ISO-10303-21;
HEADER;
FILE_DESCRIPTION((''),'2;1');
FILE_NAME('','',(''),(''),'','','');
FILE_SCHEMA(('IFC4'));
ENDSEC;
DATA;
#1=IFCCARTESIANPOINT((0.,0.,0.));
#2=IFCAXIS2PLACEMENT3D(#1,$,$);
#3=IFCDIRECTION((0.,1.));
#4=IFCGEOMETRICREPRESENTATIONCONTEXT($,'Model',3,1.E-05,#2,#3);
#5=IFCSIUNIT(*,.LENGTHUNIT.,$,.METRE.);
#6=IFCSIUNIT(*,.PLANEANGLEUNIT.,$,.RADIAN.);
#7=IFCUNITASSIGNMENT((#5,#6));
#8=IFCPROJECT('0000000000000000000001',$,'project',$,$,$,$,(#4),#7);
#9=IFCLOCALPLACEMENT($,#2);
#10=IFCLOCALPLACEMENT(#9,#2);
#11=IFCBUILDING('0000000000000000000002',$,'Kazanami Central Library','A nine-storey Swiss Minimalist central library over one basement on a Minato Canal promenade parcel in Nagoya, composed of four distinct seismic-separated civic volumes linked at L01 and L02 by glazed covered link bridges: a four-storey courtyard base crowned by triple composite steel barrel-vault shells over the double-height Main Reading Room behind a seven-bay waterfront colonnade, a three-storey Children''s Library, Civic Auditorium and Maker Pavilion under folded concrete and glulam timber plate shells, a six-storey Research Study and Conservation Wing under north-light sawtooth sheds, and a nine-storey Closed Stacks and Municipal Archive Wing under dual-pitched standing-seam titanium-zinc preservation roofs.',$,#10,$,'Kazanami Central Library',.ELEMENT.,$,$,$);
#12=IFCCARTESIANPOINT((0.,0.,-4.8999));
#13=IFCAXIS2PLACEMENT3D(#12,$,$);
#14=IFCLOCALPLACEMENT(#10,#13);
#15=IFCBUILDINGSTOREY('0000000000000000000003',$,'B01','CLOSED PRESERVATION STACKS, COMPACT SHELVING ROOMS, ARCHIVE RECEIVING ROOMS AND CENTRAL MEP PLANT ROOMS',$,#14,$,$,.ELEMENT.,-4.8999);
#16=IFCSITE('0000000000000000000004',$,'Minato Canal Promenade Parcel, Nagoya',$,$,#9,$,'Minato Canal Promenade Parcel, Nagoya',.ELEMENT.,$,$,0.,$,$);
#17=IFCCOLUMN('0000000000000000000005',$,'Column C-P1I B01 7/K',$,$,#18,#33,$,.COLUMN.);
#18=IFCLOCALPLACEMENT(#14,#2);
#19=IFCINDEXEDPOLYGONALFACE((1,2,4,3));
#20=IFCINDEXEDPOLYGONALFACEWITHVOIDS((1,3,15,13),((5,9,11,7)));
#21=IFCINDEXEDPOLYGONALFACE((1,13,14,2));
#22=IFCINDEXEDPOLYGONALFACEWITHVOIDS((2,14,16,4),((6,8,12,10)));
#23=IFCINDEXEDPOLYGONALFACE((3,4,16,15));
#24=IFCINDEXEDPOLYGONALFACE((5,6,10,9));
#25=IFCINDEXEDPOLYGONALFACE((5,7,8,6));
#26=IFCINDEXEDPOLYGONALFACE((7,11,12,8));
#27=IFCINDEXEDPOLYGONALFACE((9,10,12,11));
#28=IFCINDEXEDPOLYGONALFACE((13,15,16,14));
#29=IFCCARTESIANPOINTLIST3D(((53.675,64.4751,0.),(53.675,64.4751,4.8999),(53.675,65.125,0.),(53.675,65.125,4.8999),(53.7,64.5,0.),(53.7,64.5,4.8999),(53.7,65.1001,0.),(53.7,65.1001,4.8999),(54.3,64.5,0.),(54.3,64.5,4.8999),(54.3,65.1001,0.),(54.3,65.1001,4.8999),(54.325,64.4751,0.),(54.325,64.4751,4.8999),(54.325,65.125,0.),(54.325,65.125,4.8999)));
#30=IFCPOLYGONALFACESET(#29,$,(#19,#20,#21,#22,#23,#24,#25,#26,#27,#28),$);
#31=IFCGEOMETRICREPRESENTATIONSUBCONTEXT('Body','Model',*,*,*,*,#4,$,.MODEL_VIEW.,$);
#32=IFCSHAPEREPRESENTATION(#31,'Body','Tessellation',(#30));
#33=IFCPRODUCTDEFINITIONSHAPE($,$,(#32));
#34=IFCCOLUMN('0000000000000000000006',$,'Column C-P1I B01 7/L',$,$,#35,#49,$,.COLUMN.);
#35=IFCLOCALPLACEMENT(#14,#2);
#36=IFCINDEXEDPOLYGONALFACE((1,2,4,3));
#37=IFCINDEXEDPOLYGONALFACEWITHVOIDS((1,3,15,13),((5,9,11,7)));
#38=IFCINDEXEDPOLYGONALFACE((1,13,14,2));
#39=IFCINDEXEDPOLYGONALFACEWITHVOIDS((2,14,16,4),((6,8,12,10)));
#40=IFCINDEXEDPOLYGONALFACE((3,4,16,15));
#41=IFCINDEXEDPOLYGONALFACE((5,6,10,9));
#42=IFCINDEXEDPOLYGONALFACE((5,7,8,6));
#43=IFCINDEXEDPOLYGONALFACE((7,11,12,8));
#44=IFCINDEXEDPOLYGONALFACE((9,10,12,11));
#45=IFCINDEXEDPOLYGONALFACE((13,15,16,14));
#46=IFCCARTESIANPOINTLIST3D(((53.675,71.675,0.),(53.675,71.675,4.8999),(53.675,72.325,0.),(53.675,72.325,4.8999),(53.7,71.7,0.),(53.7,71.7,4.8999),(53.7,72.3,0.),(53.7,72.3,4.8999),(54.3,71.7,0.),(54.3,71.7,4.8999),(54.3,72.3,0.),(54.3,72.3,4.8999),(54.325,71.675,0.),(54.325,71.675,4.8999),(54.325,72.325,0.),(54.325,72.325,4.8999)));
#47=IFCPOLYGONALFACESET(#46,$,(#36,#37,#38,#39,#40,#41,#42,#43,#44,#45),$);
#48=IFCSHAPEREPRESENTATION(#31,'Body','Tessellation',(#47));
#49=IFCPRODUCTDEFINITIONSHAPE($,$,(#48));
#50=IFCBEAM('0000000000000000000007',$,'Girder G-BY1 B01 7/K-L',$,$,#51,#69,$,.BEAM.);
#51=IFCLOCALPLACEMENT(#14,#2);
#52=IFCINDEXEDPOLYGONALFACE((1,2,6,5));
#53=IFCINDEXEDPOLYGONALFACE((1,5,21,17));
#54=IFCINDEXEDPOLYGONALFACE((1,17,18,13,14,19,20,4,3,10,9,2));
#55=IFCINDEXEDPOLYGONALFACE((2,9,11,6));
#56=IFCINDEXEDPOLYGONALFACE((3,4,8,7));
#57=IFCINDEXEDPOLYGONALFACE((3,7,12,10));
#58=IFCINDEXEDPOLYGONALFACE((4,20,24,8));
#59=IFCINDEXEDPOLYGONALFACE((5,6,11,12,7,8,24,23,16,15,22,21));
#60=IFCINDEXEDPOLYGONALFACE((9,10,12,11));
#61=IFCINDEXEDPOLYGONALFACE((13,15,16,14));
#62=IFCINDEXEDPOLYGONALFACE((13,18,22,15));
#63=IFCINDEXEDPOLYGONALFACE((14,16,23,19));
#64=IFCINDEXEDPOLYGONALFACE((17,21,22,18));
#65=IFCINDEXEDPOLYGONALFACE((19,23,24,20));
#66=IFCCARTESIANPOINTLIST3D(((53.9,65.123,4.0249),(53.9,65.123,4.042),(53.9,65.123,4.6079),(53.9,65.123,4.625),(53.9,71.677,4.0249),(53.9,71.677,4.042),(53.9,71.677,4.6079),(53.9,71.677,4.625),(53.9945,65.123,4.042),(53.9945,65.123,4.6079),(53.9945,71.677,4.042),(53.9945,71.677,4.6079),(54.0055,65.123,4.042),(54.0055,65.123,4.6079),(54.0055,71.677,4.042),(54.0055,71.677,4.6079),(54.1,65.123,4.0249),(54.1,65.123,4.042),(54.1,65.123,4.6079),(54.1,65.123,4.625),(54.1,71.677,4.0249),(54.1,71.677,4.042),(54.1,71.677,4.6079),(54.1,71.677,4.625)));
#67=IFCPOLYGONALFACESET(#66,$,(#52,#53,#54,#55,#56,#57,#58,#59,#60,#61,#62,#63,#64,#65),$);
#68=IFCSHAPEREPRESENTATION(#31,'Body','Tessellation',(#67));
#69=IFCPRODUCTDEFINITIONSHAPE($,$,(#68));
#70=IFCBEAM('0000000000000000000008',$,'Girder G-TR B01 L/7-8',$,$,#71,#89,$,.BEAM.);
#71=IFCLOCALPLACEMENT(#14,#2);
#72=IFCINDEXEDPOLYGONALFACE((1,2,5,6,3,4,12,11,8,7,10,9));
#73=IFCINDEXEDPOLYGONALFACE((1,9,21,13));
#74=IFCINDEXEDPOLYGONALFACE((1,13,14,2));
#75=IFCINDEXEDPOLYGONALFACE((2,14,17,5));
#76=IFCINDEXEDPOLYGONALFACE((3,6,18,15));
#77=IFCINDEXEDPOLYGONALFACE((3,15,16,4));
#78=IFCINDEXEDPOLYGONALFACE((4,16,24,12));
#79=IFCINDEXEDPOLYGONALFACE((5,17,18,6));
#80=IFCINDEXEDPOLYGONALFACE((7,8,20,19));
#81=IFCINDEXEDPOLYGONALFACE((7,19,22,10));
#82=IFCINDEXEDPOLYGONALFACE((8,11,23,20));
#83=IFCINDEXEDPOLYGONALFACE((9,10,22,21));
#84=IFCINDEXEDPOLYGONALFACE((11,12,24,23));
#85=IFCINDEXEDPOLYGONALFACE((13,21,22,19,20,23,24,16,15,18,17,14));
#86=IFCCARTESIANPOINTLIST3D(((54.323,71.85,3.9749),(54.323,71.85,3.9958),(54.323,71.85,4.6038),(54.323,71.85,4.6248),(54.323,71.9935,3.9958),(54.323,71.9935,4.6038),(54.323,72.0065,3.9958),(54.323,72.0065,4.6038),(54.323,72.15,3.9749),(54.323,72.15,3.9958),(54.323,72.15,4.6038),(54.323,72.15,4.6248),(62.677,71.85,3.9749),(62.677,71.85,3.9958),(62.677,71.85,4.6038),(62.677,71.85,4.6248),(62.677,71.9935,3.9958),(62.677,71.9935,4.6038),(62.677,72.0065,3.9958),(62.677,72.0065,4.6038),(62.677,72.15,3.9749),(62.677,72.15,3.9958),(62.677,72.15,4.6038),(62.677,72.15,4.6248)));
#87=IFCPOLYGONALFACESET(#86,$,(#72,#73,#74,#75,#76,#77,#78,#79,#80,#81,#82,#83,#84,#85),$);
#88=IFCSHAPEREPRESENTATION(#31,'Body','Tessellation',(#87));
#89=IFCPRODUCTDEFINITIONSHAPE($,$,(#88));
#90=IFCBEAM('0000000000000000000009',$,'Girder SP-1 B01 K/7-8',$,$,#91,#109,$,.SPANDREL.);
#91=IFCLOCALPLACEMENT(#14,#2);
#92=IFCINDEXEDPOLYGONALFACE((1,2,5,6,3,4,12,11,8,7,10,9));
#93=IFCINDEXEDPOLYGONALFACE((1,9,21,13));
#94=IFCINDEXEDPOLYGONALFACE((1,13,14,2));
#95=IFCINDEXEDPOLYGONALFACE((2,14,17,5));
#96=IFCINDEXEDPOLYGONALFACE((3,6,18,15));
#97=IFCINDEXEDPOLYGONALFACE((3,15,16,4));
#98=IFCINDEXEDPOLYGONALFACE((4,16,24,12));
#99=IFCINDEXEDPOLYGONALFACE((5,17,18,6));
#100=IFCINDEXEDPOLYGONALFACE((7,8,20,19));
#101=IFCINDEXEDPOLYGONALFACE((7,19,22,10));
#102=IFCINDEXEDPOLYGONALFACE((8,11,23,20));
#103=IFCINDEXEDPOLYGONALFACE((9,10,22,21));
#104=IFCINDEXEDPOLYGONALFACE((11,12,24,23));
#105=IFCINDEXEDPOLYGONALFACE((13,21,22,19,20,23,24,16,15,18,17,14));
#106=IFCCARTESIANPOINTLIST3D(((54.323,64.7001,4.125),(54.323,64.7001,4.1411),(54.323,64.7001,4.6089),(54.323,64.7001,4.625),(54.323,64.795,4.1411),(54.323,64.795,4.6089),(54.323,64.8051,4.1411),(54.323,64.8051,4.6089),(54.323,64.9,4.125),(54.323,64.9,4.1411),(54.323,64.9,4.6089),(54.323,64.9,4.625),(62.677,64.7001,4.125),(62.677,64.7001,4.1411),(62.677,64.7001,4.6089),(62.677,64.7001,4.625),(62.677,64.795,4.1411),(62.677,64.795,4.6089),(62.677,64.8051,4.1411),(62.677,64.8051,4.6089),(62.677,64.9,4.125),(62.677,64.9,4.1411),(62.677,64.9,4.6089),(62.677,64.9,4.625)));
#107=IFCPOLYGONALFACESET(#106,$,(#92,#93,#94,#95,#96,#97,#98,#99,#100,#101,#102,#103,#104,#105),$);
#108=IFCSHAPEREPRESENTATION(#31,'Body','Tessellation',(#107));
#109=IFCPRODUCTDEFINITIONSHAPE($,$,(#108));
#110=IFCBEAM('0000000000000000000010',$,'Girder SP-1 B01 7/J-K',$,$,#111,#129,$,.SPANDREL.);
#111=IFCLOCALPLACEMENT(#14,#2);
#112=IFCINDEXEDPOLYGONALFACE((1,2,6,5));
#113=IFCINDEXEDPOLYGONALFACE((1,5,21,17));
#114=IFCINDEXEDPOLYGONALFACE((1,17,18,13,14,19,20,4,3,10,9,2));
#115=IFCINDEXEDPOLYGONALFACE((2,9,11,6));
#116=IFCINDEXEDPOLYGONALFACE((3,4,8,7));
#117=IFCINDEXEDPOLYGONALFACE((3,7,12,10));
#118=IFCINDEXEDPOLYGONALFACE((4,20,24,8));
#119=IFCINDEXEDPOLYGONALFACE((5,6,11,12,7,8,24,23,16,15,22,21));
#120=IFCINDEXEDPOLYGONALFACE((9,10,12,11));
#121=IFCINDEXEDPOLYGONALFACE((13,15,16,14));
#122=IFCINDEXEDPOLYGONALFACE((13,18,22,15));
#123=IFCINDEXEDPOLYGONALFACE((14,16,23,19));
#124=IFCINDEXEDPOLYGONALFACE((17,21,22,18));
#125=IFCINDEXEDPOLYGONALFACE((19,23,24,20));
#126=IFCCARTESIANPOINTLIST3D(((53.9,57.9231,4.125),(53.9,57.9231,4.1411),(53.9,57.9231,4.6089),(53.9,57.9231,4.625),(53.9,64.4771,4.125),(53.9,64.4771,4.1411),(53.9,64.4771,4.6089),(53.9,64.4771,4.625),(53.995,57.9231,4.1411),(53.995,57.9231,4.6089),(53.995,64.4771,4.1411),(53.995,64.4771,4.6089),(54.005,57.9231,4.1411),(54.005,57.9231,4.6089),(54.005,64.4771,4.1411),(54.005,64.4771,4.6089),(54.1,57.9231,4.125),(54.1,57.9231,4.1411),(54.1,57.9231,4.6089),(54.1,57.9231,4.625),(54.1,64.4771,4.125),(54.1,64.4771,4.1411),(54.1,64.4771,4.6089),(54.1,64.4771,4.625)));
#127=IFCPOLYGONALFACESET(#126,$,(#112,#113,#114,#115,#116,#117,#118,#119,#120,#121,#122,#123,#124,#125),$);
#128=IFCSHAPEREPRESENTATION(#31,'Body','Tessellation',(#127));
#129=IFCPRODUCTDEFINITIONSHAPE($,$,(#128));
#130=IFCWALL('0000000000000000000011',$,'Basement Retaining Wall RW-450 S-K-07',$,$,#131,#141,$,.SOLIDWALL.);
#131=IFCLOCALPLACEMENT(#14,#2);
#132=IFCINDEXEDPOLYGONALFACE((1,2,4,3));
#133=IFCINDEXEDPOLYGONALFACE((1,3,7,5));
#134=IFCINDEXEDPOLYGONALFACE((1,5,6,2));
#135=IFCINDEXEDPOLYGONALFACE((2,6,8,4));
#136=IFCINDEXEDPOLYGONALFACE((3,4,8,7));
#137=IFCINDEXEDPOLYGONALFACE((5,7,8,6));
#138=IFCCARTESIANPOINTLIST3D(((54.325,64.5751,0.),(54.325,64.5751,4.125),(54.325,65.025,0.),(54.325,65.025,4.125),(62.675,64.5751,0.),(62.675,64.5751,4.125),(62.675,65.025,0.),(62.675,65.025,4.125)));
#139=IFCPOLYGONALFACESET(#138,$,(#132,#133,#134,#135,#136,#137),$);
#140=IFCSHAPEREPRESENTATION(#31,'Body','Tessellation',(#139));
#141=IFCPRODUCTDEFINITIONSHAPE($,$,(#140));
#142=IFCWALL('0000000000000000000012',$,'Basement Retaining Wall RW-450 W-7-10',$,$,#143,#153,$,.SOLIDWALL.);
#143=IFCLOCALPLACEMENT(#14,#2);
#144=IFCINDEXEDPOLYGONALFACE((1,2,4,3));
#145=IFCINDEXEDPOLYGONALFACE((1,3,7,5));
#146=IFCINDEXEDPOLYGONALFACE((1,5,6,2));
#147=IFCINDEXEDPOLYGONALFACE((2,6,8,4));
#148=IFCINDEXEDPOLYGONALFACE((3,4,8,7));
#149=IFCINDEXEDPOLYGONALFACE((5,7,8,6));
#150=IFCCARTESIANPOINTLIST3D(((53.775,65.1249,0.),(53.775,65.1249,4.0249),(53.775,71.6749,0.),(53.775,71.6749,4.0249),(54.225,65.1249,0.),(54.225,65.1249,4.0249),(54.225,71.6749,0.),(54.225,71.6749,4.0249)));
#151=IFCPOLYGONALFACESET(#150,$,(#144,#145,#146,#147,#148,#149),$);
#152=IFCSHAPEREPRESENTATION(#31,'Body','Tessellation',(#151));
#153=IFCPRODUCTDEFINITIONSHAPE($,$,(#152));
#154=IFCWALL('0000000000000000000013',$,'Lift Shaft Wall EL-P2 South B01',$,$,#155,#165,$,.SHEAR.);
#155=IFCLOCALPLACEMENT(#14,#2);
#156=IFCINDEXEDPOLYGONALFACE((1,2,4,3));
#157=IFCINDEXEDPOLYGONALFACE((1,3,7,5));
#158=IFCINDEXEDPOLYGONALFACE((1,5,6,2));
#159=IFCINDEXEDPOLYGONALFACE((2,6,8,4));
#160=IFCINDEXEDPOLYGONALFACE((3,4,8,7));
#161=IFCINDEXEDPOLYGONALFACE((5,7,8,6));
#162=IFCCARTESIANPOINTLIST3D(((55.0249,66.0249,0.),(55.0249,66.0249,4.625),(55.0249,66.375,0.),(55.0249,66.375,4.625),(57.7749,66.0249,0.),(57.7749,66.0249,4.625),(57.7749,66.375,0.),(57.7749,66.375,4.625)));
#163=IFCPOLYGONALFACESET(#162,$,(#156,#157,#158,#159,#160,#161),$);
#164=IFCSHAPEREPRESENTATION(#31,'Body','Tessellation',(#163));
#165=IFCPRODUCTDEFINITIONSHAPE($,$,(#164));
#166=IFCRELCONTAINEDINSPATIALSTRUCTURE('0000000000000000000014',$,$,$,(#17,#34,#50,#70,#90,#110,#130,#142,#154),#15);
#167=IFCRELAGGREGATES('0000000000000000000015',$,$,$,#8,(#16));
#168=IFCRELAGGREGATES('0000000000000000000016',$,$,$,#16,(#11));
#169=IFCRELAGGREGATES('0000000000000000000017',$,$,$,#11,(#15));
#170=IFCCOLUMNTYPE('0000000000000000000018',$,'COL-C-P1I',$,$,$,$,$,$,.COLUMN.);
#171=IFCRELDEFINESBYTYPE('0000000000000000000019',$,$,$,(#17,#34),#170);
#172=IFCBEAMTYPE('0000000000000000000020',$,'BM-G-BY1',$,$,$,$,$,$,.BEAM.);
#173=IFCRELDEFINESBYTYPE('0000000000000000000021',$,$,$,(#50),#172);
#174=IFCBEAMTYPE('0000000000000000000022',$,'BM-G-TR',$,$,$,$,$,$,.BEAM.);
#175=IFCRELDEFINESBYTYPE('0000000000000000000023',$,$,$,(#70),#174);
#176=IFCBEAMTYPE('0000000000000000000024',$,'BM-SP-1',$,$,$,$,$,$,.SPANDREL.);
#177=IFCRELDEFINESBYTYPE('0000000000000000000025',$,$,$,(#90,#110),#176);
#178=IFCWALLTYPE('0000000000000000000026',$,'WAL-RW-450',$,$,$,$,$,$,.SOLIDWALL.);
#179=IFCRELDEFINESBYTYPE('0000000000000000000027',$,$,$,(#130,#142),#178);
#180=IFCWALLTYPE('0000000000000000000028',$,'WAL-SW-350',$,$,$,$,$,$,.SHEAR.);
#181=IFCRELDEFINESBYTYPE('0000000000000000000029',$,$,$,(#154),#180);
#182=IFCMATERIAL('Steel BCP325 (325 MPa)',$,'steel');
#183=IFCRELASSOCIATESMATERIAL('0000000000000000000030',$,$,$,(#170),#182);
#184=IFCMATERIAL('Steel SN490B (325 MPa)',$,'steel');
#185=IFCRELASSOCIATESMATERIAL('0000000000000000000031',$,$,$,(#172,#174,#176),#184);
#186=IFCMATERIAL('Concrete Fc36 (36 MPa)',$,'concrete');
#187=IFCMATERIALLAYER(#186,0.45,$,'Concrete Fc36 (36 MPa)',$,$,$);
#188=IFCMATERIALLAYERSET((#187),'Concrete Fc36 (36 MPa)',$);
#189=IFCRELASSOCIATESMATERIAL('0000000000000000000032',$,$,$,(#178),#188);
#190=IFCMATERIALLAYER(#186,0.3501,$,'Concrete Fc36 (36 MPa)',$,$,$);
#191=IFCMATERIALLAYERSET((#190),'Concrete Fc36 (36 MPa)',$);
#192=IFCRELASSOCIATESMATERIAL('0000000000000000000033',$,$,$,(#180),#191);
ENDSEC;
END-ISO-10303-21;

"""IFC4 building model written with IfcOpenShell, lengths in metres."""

from ifc_helpers import new_model, si_unit, direction, frame, frame_2d, origin, origin_2d, place, context, subcontext, project, spatial, rectangle, hollow_rectangle, i_section, extrude, material, layer, layer_set, material_profile, profile_set, type_object, element, save


model = new_model("IFC4")

# Units and contexts
model_context = context("Model", 3, precision=1e-05, world=origin(), true_north=direction((0.0, 1.0)))
body_context = subcontext(model_context, "Body", "Model", "MODEL_VIEW")
ifc_project = project(units=[si_unit("LENGTHUNIT", "METRE"), si_unit("PLANEANGLEUNIT", "RADIAN")], contexts=[model_context])

# Site, building, storey
site_placement = place(None, origin())
site = spatial("IfcSite", under=ifc_project, at=site_placement, Name="Minato Canal Promenade Parcel, Nagoya", LongName="Minato Canal Promenade Parcel, Nagoya", CompositionType="ELEMENT", RefElevation=0.0)
building_placement = place(site_placement, origin())
building = spatial("IfcBuilding", under=site, at=building_placement, Name="Kazanami Central Library", Description="A nine-storey Swiss Minimalist central library over one basement on a Minato Canal promenade parcel in Nagoya, composed of four distinct seismic-separated civic volumes linked at L01 and L02 by glazed covered link bridges: a four-storey courtyard base crowned by triple composite steel barrel-vault shells over the double-height Main Reading Room behind a seven-bay waterfront colonnade, a three-storey Children's Library, Civic Auditorium and Maker Pavilion under folded concrete and glulam timber plate shells, a six-storey Research Study and Conservation Wing under north-light sawtooth sheds, and a nine-storey Closed Stacks and Municipal Archive Wing under dual-pitched standing-seam titanium-zinc preservation roofs.", LongName="Kazanami Central Library", CompositionType="ELEMENT")
storey_placement = place(building_placement, frame((0.0, 0.0, -4.8999)))
storey = spatial("IfcBuildingStorey", under=building, at=storey_placement, Name="B01", Description="CLOSED PRESERVATION STACKS, COMPACT SHELVING ROOMS, ARCHIVE RECEIVING ROOMS AND CENTRAL MEP PLANT ROOMS", CompositionType="ELEMENT", Elevation=-4.8999)

# Shared definitions
ifc_material_1 = material(Name="Concrete Fc36 (36 MPa)", Category="concrete")

# Columns
ifc_material_2 = material(Name="Steel BCP325 (325 MPa)", Category="steel")
ifc_material_profile_1 = material_profile(ifc_material_2, hollow_rectangle(XDim=0.6499, YDim=0.6499, WallThickness=0.0249, at=origin_2d()), Name="BCP-650x650x25")
ifc_profile_set_1 = profile_set([ifc_material_profile_1], Name="Steel BCP325 (325 MPa)")
column_type = type_object("IfcColumnType", Name="COL-C-P1I", PredefinedType="COLUMN", material=ifc_profile_set_1)
for number, where, z_axis, x_axis, name in (
    (1, (54.0, 64.8, 0.0), (0.0, 0.0, 1.0), (1.0, 0.0, 0.0), "Column C-P1I B01 7/K"),
    (2, (54.0, 72.0, 0.0), (0.0, 0.0, 1.0), (1.0, 0.0, 0.0), "Column C-P1I B01 7/L"),
):
    element("IfcColumn", number, at=place(storey_placement, frame(where, z_axis=z_axis, x_axis=x_axis)), inside=storey, type_object=column_type, Name=name, PredefinedType="COLUMN", context=body_context, shape_type="SweptSolid", body=[
        extrude(hollow_rectangle(XDim=0.6499, YDim=0.6499, WallThickness=0.0249, at=origin_2d()), origin(), (0.0, 0.0, 1.0), 4.8999),
    ])

# Beams
ifc_material_3 = material(Name="Steel SN490B (325 MPa)", Category="steel")
ifc_material_profile_2 = material_profile(ifc_material_3, i_section(OverallWidth=0.2, OverallDepth=0.6001, WebThickness=0.011, FlangeThickness=0.0171, at=origin_2d()), Name="H-600x200x11x17")
ifc_profile_set_2 = profile_set([ifc_material_profile_2], Name="Steel SN490B (325 MPa)")
beam_type_1 = type_object("IfcBeamType", Name="BM-G-BY1", PredefinedType="BEAM", material=ifc_profile_set_2)
beam_1_placement = place(storey_placement, frame((54.0, 65.123, 4.325), z_axis=(0.0, 1.0, 0.0), x_axis=(-1.0, 0.0, 0.0)))
element("IfcBeam", 3, at=beam_1_placement, inside=storey, type_object=beam_type_1, Name="Girder G-BY1 B01 7/K-L", PredefinedType="BEAM", context=body_context, shape_type="SweptSolid", body=[
    extrude(i_section(OverallWidth=0.2, OverallDepth=0.6001, WebThickness=0.011, FlangeThickness=0.0171, at=origin_2d()), origin(), (0.0, 0.0, 1.0), 6.554),
])
ifc_material_profile_3 = material_profile(ifc_material_3, i_section(OverallWidth=0.3, OverallDepth=0.6499, WebThickness=0.0129, FlangeThickness=0.021, at=origin_2d()), Name="H-650x300x13x21")
ifc_profile_set_3 = profile_set([ifc_material_profile_3], Name="Steel SN490B (325 MPa)")
beam_type_2 = type_object("IfcBeamType", Name="BM-G-TR", PredefinedType="BEAM", material=ifc_profile_set_3)
beam_2_placement = place(storey_placement, frame((54.323, 72.0, 4.2998), z_axis=(1.0, 0.0, 0.0), x_axis=(0.0, 1.0, 0.0)))
element("IfcBeam", 4, at=beam_2_placement, inside=storey, type_object=beam_type_2, Name="Girder G-TR B01 L/7-8", PredefinedType="BEAM", context=body_context, shape_type="SweptSolid", body=[
    extrude(i_section(OverallWidth=0.3, OverallDepth=0.6499, WebThickness=0.0129, FlangeThickness=0.021, at=origin_2d()), origin(), (0.0, 0.0, 1.0), 8.354),
])
ifc_material_profile_4 = material_profile(ifc_material_3, i_section(OverallWidth=0.2, OverallDepth=0.5, WebThickness=0.01, FlangeThickness=0.0161, at=origin_2d()), Name="H-500x200x10x16")
ifc_profile_set_4 = profile_set([ifc_material_profile_4], Name="Steel SN490B (325 MPa)")
beam_type_3 = type_object("IfcBeamType", Name="BM-SP-1", PredefinedType="SPANDREL", material=ifc_profile_set_4)
beam_3_placement = place(storey_placement, frame((54.323, 64.8, 4.375), z_axis=(1.0, 0.0, 0.0), x_axis=(0.0, 1.0, 0.0)))
element("IfcBeam", 5, at=beam_3_placement, inside=storey, type_object=beam_type_3, Name="Girder SP-1 B01 K/7-8", PredefinedType="SPANDREL", context=body_context, shape_type="SweptSolid", body=[
    extrude(i_section(OverallWidth=0.2, OverallDepth=0.5, WebThickness=0.01, FlangeThickness=0.0161, at=origin_2d()), origin(), (0.0, 0.0, 1.0), 8.354),
])
beam_4_placement = place(storey_placement, frame((54.0, 57.9231, 4.375), z_axis=(0.0, 1.0, 0.0), x_axis=(-1.0, 0.0, 0.0)))
element("IfcBeam", 6, at=beam_4_placement, inside=storey, type_object=beam_type_3, Name="Girder SP-1 B01 7/J-K", PredefinedType="SPANDREL", context=body_context, shape_type="SweptSolid", body=[
    extrude(i_section(OverallWidth=0.2, OverallDepth=0.5, WebThickness=0.01, FlangeThickness=0.0161, at=origin_2d()), origin(), (0.0, 0.0, 1.0), 6.554),
])

# Walls
ifc_layer_1 = layer(ifc_material_1, 0.45, Name="Concrete Fc36 (36 MPa)")
ifc_layer_set_1 = layer_set([ifc_layer_1], Name="Concrete Fc36 (36 MPa)")
wall_type_1 = type_object("IfcWallType", Name="WAL-RW-450", PredefinedType="SOLIDWALL", material=ifc_layer_set_1)
wall_1_placement = place(storey_placement, frame((54.325, 64.8, 0.0), z_axis=(0.0, 0.0, 1.0), x_axis=(1.0, 0.0, 0.0)))
element("IfcWall", 7, at=wall_1_placement, inside=storey, type_object=wall_type_1, Name="Basement Retaining Wall RW-450 S-K-07", PredefinedType="SOLIDWALL", context=body_context, shape_type="SweptSolid", body=[
    extrude(rectangle(XDim=8.3501, YDim=0.45, at=frame_2d((4.175, 0.0))), origin(), (0.0, 0.0, 1.0), 4.125),
])
wall_2_placement = place(storey_placement, frame((54.0, 65.125, 0.0), z_axis=(0.0, 0.0, 1.0), x_axis=(0.0, 1.0, 0.0)))
element("IfcWall", 8, at=wall_2_placement, inside=storey, type_object=wall_type_1, Name="Basement Retaining Wall RW-450 W-7-10", PredefinedType="SOLIDWALL", context=body_context, shape_type="SweptSolid", body=[
    extrude(rectangle(XDim=6.55, YDim=0.45, at=frame_2d((3.2749, 0.0))), origin(), (0.0, 0.0, 1.0), 4.0249),
])
ifc_layer_2 = layer(ifc_material_1, 0.3501, Name="Concrete Fc36 (36 MPa)")
ifc_layer_set_2 = layer_set([ifc_layer_2], Name="Concrete Fc36 (36 MPa)")
wall_type_2 = type_object("IfcWallType", Name="WAL-SW-350", PredefinedType="SHEAR", material=ifc_layer_set_2)
wall_3_placement = place(storey_placement, frame((55.0249, 66.2, 0.0), z_axis=(0.0, 0.0, 1.0), x_axis=(1.0, 0.0, 0.0)))
element("IfcWall", 9, at=wall_3_placement, inside=storey, type_object=wall_type_2, Name="Lift Shaft Wall EL-P2 South B01", PredefinedType="SHEAR", context=body_context, shape_type="SweptSolid", body=[
    extrude(rectangle(XDim=2.75, YDim=0.3501, at=frame_2d((1.375, 0.0))), origin(), (0.0, 0.0, 1.0), 4.625),
])

save(model, "model.ifc")
